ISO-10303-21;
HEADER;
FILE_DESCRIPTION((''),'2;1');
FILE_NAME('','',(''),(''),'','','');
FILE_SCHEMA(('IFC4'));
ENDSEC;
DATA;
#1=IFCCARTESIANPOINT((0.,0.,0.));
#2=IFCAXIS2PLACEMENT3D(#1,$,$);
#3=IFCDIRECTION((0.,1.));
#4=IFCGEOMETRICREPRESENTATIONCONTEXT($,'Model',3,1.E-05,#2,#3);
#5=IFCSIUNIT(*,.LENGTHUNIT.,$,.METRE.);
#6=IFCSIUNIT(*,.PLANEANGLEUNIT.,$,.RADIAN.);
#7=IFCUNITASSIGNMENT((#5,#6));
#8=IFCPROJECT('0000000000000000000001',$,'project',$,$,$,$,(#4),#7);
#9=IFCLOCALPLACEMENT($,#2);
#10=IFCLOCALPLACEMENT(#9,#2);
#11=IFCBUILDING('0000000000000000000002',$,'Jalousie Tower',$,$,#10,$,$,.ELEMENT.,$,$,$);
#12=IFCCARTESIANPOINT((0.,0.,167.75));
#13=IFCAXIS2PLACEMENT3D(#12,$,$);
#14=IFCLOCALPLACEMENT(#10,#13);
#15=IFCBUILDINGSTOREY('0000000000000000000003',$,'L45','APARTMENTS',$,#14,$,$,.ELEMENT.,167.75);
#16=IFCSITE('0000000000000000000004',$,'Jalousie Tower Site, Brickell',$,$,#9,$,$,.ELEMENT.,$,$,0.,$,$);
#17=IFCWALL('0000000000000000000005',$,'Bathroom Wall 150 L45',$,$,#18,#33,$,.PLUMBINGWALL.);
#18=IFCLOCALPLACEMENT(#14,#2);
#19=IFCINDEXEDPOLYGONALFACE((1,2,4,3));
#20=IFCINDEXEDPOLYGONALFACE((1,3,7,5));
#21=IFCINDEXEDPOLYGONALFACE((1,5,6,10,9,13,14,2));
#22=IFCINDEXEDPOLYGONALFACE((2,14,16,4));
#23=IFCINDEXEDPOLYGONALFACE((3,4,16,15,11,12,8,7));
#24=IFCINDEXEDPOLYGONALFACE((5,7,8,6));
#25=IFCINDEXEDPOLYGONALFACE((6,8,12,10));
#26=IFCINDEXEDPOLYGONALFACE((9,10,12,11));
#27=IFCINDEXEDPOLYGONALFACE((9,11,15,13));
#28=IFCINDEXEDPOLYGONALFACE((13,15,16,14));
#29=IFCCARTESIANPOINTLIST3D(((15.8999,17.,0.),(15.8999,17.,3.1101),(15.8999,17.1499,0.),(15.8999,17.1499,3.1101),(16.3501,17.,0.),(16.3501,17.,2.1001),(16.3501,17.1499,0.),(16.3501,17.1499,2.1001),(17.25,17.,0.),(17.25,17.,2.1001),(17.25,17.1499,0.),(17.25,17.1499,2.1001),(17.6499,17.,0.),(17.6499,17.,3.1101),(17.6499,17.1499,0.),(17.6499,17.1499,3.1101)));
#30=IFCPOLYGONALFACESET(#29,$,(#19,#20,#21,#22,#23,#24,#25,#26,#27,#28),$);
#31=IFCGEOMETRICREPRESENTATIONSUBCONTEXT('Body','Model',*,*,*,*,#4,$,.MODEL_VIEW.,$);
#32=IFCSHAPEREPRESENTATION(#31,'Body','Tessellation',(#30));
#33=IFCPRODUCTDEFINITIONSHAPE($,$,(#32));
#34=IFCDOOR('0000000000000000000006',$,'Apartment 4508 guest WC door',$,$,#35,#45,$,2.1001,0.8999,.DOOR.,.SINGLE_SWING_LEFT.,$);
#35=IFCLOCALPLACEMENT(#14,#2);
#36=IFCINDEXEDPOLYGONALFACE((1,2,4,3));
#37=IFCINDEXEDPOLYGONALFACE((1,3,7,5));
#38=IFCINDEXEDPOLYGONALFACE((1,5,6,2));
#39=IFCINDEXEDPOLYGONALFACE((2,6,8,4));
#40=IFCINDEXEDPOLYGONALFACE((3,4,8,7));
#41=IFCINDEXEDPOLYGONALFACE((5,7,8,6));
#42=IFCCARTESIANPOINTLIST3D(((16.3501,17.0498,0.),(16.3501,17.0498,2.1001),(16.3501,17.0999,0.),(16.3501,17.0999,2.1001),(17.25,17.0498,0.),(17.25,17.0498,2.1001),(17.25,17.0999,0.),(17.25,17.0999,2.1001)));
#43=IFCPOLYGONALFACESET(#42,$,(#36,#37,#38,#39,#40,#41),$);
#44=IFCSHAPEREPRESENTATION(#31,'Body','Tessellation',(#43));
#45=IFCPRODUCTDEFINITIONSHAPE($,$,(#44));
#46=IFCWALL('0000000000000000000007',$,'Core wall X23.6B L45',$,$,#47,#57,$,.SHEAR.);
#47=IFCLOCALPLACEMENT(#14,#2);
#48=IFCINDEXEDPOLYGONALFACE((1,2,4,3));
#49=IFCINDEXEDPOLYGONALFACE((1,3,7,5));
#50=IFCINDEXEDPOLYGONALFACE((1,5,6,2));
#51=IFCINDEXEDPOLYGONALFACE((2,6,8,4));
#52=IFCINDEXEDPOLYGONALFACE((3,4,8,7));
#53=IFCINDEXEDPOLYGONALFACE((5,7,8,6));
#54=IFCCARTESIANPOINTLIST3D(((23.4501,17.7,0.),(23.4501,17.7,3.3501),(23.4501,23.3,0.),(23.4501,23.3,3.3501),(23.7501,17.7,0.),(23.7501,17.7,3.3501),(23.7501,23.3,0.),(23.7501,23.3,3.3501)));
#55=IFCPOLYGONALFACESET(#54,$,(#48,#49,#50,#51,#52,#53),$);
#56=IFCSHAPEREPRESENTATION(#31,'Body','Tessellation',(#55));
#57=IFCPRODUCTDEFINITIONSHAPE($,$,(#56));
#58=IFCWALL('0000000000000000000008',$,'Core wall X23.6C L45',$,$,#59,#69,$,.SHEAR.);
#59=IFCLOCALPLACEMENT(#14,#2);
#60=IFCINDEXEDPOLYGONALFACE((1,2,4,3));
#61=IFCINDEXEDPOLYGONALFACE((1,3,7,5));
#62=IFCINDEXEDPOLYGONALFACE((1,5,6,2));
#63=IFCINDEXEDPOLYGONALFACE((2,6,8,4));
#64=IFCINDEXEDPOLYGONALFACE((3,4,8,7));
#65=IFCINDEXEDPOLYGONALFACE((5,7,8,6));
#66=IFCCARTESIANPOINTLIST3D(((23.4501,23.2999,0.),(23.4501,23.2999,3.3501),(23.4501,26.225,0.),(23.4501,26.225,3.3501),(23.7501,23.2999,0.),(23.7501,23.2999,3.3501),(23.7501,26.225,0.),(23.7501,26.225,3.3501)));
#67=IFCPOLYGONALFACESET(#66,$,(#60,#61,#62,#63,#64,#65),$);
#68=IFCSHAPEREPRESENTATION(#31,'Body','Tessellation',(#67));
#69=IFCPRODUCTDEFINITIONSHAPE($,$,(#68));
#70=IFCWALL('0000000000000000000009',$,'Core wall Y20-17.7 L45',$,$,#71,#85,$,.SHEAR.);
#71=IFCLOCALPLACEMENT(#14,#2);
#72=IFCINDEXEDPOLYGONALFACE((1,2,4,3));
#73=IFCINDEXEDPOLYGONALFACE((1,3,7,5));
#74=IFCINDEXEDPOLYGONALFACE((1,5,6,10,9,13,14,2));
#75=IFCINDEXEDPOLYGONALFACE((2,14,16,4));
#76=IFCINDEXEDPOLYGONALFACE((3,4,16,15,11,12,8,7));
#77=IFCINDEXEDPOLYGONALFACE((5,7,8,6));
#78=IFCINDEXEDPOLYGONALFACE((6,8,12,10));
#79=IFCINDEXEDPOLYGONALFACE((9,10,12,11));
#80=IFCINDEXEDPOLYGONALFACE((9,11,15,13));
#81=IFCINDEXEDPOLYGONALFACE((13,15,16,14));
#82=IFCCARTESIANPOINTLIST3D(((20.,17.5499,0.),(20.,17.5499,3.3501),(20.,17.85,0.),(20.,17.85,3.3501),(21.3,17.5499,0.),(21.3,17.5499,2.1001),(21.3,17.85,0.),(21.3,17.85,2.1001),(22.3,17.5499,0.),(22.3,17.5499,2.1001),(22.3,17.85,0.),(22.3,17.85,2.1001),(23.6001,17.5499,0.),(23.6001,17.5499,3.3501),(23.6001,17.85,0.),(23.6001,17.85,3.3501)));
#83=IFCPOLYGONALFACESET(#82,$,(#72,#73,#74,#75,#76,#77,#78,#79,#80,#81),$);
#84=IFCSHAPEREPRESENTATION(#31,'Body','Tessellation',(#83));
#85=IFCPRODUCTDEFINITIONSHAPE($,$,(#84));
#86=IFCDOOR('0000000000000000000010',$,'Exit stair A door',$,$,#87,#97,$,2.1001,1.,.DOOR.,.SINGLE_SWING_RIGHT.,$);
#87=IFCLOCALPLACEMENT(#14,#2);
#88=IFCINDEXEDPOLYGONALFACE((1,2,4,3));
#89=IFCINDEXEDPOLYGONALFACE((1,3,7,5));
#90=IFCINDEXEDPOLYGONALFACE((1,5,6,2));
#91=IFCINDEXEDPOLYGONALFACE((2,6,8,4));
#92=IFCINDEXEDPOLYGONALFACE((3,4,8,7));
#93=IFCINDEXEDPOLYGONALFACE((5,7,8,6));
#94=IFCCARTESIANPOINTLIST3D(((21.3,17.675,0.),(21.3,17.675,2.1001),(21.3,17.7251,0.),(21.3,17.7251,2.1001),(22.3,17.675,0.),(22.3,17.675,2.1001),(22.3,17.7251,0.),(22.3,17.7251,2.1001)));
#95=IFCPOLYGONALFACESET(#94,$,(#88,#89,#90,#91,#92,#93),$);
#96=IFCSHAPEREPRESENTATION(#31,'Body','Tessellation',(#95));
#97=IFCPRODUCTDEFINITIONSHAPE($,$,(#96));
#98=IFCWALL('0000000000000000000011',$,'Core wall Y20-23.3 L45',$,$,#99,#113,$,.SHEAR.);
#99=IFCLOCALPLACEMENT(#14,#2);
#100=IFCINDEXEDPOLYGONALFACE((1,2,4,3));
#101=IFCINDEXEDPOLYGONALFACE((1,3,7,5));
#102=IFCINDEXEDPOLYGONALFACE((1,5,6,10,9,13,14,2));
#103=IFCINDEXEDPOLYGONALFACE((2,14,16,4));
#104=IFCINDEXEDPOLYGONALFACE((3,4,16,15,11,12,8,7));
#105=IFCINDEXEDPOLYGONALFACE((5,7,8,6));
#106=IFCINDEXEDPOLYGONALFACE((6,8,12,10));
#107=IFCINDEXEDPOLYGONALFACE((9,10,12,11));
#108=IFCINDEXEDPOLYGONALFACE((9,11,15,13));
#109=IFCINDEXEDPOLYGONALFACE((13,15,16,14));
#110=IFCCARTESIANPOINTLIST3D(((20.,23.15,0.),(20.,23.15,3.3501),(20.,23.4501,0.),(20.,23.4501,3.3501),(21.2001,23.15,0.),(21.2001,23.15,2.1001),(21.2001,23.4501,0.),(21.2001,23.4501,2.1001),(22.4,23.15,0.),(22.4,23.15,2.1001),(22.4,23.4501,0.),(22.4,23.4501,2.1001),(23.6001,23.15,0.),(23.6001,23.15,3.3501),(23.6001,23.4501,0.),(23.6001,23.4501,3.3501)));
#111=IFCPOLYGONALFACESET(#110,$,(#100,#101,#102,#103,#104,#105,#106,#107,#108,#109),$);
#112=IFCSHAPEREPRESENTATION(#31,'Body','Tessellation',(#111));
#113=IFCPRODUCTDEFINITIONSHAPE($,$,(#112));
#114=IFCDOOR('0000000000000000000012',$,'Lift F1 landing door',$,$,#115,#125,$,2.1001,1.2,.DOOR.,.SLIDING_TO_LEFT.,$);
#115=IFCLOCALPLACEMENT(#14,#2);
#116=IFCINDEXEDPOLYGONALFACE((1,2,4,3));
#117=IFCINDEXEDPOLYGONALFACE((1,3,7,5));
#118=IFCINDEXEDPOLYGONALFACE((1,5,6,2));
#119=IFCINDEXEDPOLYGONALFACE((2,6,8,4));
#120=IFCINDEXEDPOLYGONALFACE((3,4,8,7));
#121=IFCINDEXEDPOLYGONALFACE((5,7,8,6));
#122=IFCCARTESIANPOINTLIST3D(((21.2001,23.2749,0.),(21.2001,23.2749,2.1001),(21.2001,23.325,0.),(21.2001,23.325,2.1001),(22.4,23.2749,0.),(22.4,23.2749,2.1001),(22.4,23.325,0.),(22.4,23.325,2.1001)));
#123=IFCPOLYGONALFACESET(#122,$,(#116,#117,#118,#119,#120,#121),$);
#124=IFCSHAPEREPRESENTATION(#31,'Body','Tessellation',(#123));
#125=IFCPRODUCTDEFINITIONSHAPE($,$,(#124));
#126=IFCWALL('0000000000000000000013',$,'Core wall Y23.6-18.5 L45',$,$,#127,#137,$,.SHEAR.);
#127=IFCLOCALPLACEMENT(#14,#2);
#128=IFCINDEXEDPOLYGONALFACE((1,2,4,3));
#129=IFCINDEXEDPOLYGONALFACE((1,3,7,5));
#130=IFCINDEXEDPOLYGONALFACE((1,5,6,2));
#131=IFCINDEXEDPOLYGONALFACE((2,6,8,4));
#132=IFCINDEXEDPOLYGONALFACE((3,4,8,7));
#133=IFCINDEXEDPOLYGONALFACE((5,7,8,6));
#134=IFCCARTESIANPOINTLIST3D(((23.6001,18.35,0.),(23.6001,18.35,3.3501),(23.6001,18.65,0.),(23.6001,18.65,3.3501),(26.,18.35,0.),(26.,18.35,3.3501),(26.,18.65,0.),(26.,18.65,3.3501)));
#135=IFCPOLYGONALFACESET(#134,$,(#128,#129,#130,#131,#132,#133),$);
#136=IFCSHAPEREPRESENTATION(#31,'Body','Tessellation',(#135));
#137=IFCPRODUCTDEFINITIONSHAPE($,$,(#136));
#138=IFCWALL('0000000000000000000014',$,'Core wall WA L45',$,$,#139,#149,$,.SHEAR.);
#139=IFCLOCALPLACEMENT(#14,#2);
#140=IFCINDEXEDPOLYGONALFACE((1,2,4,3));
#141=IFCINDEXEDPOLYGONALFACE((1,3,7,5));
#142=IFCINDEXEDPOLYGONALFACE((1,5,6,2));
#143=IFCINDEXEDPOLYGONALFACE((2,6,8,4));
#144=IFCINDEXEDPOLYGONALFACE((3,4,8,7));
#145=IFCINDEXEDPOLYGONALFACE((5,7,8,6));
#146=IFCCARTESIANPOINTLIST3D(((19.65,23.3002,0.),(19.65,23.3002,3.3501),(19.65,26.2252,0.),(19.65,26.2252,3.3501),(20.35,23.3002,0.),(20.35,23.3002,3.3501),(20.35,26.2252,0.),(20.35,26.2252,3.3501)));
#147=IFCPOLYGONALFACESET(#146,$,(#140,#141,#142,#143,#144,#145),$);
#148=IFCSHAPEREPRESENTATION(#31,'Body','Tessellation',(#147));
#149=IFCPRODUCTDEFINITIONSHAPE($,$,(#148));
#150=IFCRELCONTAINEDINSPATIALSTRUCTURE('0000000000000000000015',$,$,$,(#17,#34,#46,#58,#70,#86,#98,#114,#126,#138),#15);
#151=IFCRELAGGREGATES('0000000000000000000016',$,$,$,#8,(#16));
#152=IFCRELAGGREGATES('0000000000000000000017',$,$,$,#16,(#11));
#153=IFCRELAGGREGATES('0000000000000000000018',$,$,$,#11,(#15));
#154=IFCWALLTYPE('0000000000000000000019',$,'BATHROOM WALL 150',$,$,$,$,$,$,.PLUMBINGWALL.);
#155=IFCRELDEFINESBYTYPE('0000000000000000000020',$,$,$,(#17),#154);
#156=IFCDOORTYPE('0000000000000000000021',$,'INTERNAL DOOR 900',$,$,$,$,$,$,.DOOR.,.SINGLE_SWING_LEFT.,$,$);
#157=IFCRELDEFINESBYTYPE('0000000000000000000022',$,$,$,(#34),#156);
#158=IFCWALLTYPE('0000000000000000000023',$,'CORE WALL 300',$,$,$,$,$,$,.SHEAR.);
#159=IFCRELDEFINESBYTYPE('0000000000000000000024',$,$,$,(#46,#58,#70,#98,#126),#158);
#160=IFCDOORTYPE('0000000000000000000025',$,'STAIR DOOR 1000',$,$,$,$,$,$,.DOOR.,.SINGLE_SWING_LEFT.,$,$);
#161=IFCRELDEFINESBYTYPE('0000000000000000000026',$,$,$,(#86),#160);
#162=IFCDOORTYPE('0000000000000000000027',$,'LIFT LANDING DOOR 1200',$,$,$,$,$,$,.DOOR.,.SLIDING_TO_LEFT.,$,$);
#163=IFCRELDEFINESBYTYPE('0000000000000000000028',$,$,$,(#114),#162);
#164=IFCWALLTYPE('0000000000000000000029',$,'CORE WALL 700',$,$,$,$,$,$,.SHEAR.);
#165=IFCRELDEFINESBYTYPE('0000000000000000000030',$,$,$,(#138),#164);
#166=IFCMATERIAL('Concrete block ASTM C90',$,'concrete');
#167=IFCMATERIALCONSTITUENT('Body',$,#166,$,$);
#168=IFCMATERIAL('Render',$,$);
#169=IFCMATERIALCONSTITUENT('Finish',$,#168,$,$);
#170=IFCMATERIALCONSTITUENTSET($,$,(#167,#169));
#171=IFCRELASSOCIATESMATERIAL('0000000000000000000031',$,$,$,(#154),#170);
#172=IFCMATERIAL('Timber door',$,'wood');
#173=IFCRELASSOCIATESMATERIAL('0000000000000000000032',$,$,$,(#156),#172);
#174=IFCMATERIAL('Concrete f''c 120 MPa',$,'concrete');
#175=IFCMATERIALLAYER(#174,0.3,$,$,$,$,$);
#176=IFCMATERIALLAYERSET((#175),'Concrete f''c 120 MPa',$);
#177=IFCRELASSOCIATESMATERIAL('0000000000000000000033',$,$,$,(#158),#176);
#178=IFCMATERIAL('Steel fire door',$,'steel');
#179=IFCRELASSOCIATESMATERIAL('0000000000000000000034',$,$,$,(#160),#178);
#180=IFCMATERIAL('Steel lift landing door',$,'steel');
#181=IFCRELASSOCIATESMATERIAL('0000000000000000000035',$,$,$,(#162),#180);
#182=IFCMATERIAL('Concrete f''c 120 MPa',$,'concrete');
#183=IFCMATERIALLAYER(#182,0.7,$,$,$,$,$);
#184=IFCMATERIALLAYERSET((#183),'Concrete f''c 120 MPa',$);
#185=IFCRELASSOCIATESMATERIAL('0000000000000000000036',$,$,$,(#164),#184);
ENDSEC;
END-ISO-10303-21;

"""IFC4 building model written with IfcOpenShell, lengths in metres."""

from ifc_helpers import new_model, si_unit, direction, frame, frame_2d, origin, place, context, subcontext, project, spatial, rectangle, extrude, material, layer, layer_set, constituent, constituent_set, type_object, element, fill, save


model = new_model("IFC4")

# Units and contexts
model_context = context("Model", 3, precision=1e-05, world=origin(), true_north=direction((0.0, 1.0)))
body_context = subcontext(model_context, "Body", "Model", "MODEL_VIEW")
ifc_project = project(units=[si_unit("LENGTHUNIT", "METRE"), si_unit("PLANEANGLEUNIT", "RADIAN")], contexts=[model_context])

# Site, building, storey
site_placement = place(None, origin())
site = spatial("IfcSite", under=ifc_project, at=site_placement, Name="Jalousie Tower Site, Brickell", CompositionType="ELEMENT", RefElevation=0.0)
building_placement = place(site_placement, origin())
building = spatial("IfcBuilding", under=site, at=building_placement, Name="Jalousie Tower", CompositionType="ELEMENT")
storey_placement = place(building_placement, frame((0.0, 0.0, 167.75)))
storey = spatial("IfcBuildingStorey", under=building, at=storey_placement, Name="L45", Description="APARTMENTS", CompositionType="ELEMENT", Elevation=167.75)

# Wall, opening, door
ifc_material_1 = material(Name="Concrete block ASTM C90", Category="concrete")
ifc_constituent_1 = constituent(ifc_material_1, Name="Body")
ifc_material_2 = material(Name="Render")
ifc_constituent_2 = constituent(ifc_material_2, Name="Finish")
ifc_constituent_set_1 = constituent_set(constituents=[ifc_constituent_1, ifc_constituent_2])
wall_type_1 = type_object("IfcWallType", Name="BATHROOM WALL 150", PredefinedType="PLUMBINGWALL", material=ifc_constituent_set_1)
wall_1_placement = place(storey_placement, frame((17.6499, 17.075, 0.0), z_axis=(0.0, 0.0, 1.0), x_axis=(-1.0, 0.0, 0.0)))
wall_1 = element("IfcWall", 1, at=wall_1_placement, inside=storey, type_object=wall_type_1, Name="Bathroom Wall 150 L45", PredefinedType="PLUMBINGWALL", context=body_context, shape_type="SweptSolid", body=[
    extrude(rectangle(XDim=1.75, YDim=0.1499, at=frame_2d((0.875, 0.0))), origin(), (0.0, 0.0, 1.0), 3.1101),
])
opening_1_placement = place(wall_1_placement, frame((0.3999, 0.0, 0.0)))
opening_1 = element("IfcOpeningElement", 2, at=opening_1_placement, cuts=wall_1, PredefinedType="OPENING", context=body_context, shape_type="SweptSolid", body=[
    extrude(rectangle(XDim=0.8999, YDim=2.1001, at=frame_2d((0.45, 1.05))), frame((0.0, 0.085, 0.0), z_axis=(0.0, -1.0, 0.0), x_axis=(1.0, 0.0, 0.0)), (0.0, 0.0, 1.0), 0.1699),
])
ifc_material_3 = material(Name="Timber door", Category="wood")
door_type_1 = type_object("IfcDoorType", Name="INTERNAL DOOR 900", OperationType="SINGLE_SWING_LEFT", PredefinedType="DOOR", material=ifc_material_3)
door_1_placement = place(opening_1_placement, frame((0.8999, 0.0, 0.0), z_axis=(0.0, 0.0, 1.0), x_axis=(-1.0, 0.0, 0.0)))
door_1 = element("IfcDoor", 3, at=door_1_placement, inside=storey, type_object=door_type_1, Name="Apartment 4508 guest WC door", OperationType="SINGLE_SWING_LEFT", OverallHeight=2.1001, OverallWidth=0.8999, PredefinedType="DOOR", context=body_context, shape_type="SweptSolid", body=[
    extrude(rectangle(XDim=0.8999, YDim=2.1001, at=frame_2d((0.45, 1.05))), frame((0.0, 0.0249, 0.0), z_axis=(0.0, -1.0, 0.0), x_axis=(1.0, 0.0, 0.0)), (0.0, 0.0, 1.0), 0.05),
])
fill(opening_1, door_1)

# Walls
ifc_material_4 = material(Name="Concrete f'c 120 MPa", Category="concrete")
ifc_layer_1 = layer(ifc_material_4, 0.3)
ifc_layer_set_1 = layer_set([ifc_layer_1], Name="Concrete f'c 120 MPa")
wall_type_2 = type_object("IfcWallType", Name="CORE WALL 300", PredefinedType="SHEAR", material=ifc_layer_set_1)
wall_2_placement = place(storey_placement, frame((23.6001, 17.7, 0.0), z_axis=(0.0, 0.0, 1.0), x_axis=(0.0, 1.0, 0.0)))
element("IfcWall", 4, at=wall_2_placement, inside=storey, type_object=wall_type_2, Name="Core wall X23.6B L45", PredefinedType="SHEAR", context=body_context, shape_type="SweptSolid", body=[
    extrude(rectangle(XDim=5.6001, YDim=0.3, at=frame_2d((2.8, 0.0))), origin(), (0.0, 0.0, 1.0), 3.3501),
])
wall_3_placement = place(storey_placement, frame((23.6001, 23.3, 0.0), z_axis=(0.0, 0.0, 1.0), x_axis=(0.0, 1.0, 0.0)))
element("IfcWall", 5, at=wall_3_placement, inside=storey, type_object=wall_type_2, Name="Core wall X23.6C L45", PredefinedType="SHEAR", context=body_context, shape_type="SweptSolid", body=[
    extrude(rectangle(XDim=2.925, YDim=0.3, at=frame_2d((1.4624, 0.0))), origin(), (0.0, 0.0, 1.0), 3.3501),
])

# Walls, openings, doors
wall_4_placement = place(storey_placement, frame((20.0, 17.7, 0.0), z_axis=(0.0, 0.0, 1.0), x_axis=(1.0, 0.0, 0.0)))
wall_4 = element("IfcWall", 6, at=wall_4_placement, inside=storey, type_object=wall_type_2, Name="Core wall Y20-17.7 L45", PredefinedType="SHEAR", context=body_context, shape_type="SweptSolid", body=[
    extrude(rectangle(XDim=3.6001, YDim=0.3, at=frame_2d((1.8, 0.0))), origin(), (0.0, 0.0, 1.0), 3.3501),
])
opening_2_placement = place(wall_4_placement, frame((1.3, 0.0, 0.0)))
opening_2 = element("IfcOpeningElement", 7, at=opening_2_placement, cuts=wall_4, PredefinedType="OPENING", context=body_context, shape_type="SweptSolid", body=[
    extrude(rectangle(XDim=1.0, YDim=2.1001, at=frame_2d((0.5, 1.05))), frame((0.0, 0.1599, 0.0), z_axis=(0.0, -1.0, 0.0), x_axis=(1.0, 0.0, 0.0)), (0.0, 0.0, 1.0), 0.3201),
])
ifc_material_5 = material(Name="Steel fire door", Category="steel")
door_type_2 = type_object("IfcDoorType", Name="STAIR DOOR 1000", OperationType="SINGLE_SWING_LEFT", PredefinedType="DOOR", material=ifc_material_5)
door_2_placement = place(opening_2_placement, frame((1.0, 0.0, 0.0), z_axis=(0.0, 0.0, 1.0), x_axis=(-1.0, 0.0, 0.0)))
door_2 = element("IfcDoor", 8, at=door_2_placement, inside=storey, type_object=door_type_2, Name="Exit stair A door", OperationType="SINGLE_SWING_RIGHT", OverallHeight=2.1001, OverallWidth=1.0, PredefinedType="DOOR", context=body_context, shape_type="SweptSolid", body=[
    extrude(rectangle(XDim=1.0, YDim=2.1001, at=frame_2d((0.5, 1.05))), frame((0.0, 0.0249, 0.0), z_axis=(0.0, -1.0, 0.0), x_axis=(1.0, 0.0, 0.0)), (0.0, 0.0, 1.0), 0.05),
])
fill(opening_2, door_2)
wall_5_placement = place(storey_placement, frame((20.0, 23.3, 0.0), z_axis=(0.0, 0.0, 1.0), x_axis=(1.0, 0.0, 0.0)))
wall_5 = element("IfcWall", 9, at=wall_5_placement, inside=storey, type_object=wall_type_2, Name="Core wall Y20-23.3 L45", PredefinedType="SHEAR", context=body_context, shape_type="SweptSolid", body=[
    extrude(rectangle(XDim=3.6001, YDim=0.3, at=frame_2d((1.8, 0.0))), origin(), (0.0, 0.0, 1.0), 3.3501),
])
opening_3_placement = place(wall_5_placement, frame((1.2, 0.0, 0.0)))
opening_3 = element("IfcOpeningElement", 10, at=opening_3_placement, cuts=wall_5, PredefinedType="OPENING", context=body_context, shape_type="SweptSolid", body=[
    extrude(rectangle(XDim=1.2, YDim=2.1001, at=frame_2d((0.6001, 1.05))), frame((0.0, 0.1599, 0.0), z_axis=(0.0, -1.0, 0.0), x_axis=(1.0, 0.0, 0.0)), (0.0, 0.0, 1.0), 0.3201),
])
ifc_material_6 = material(Name="Steel lift landing door", Category="steel")
door_type_3 = type_object("IfcDoorType", Name="LIFT LANDING DOOR 1200", OperationType="SLIDING_TO_LEFT", PredefinedType="DOOR", material=ifc_material_6)
door_3_placement = place(opening_3_placement, origin())
door_3 = element("IfcDoor", 11, at=door_3_placement, inside=storey, type_object=door_type_3, Name="Lift F1 landing door", OperationType="SLIDING_TO_LEFT", OverallHeight=2.1001, OverallWidth=1.2, PredefinedType="DOOR", context=body_context, shape_type="SweptSolid", body=[
    extrude(rectangle(XDim=1.2, YDim=2.1001, at=frame_2d((0.6001, 1.05))), frame((0.0, 0.0249, 0.0), z_axis=(0.0, -1.0, 0.0), x_axis=(1.0, 0.0, 0.0)), (0.0, 0.0, 1.0), 0.05),
])
fill(opening_3, door_3)

# Walls
wall_6_placement = place(storey_placement, frame((23.6001, 18.5, 0.0), z_axis=(0.0, 0.0, 1.0), x_axis=(1.0, 0.0, 0.0)))
element("IfcWall", 12, at=wall_6_placement, inside=storey, type_object=wall_type_2, Name="Core wall Y23.6-18.5 L45", PredefinedType="SHEAR", context=body_context, shape_type="SweptSolid", body=[
    extrude(rectangle(XDim=2.3999, YDim=0.3, at=frame_2d((1.2, 0.0))), origin(), (0.0, 0.0, 1.0), 3.3501),
])
ifc_material_7 = material(Name="Concrete f'c 120 MPa", Category="concrete")
ifc_layer_2 = layer(ifc_material_7, 0.7)
ifc_layer_set_2 = layer_set([ifc_layer_2], Name="Concrete f'c 120 MPa")
wall_type_3 = type_object("IfcWallType", Name="CORE WALL 700", PredefinedType="SHEAR", material=ifc_layer_set_2)
wall_7_placement = place(storey_placement, frame((20.0, 26.2251, 0.0), z_axis=(0.0, 0.0, 1.0), x_axis=(0.0, -1.0, 0.0)))
element("IfcWall", 13, at=wall_7_placement, inside=storey, type_object=wall_type_3, Name="Core wall WA L45", PredefinedType="SHEAR", context=body_context, shape_type="SweptSolid", body=[
    extrude(rectangle(XDim=2.925, YDim=0.7, at=frame_2d((1.4624, 0.0))), origin(), (0.0, 0.0, 1.0), 3.3501),
])

save(model, "model.ifc")
